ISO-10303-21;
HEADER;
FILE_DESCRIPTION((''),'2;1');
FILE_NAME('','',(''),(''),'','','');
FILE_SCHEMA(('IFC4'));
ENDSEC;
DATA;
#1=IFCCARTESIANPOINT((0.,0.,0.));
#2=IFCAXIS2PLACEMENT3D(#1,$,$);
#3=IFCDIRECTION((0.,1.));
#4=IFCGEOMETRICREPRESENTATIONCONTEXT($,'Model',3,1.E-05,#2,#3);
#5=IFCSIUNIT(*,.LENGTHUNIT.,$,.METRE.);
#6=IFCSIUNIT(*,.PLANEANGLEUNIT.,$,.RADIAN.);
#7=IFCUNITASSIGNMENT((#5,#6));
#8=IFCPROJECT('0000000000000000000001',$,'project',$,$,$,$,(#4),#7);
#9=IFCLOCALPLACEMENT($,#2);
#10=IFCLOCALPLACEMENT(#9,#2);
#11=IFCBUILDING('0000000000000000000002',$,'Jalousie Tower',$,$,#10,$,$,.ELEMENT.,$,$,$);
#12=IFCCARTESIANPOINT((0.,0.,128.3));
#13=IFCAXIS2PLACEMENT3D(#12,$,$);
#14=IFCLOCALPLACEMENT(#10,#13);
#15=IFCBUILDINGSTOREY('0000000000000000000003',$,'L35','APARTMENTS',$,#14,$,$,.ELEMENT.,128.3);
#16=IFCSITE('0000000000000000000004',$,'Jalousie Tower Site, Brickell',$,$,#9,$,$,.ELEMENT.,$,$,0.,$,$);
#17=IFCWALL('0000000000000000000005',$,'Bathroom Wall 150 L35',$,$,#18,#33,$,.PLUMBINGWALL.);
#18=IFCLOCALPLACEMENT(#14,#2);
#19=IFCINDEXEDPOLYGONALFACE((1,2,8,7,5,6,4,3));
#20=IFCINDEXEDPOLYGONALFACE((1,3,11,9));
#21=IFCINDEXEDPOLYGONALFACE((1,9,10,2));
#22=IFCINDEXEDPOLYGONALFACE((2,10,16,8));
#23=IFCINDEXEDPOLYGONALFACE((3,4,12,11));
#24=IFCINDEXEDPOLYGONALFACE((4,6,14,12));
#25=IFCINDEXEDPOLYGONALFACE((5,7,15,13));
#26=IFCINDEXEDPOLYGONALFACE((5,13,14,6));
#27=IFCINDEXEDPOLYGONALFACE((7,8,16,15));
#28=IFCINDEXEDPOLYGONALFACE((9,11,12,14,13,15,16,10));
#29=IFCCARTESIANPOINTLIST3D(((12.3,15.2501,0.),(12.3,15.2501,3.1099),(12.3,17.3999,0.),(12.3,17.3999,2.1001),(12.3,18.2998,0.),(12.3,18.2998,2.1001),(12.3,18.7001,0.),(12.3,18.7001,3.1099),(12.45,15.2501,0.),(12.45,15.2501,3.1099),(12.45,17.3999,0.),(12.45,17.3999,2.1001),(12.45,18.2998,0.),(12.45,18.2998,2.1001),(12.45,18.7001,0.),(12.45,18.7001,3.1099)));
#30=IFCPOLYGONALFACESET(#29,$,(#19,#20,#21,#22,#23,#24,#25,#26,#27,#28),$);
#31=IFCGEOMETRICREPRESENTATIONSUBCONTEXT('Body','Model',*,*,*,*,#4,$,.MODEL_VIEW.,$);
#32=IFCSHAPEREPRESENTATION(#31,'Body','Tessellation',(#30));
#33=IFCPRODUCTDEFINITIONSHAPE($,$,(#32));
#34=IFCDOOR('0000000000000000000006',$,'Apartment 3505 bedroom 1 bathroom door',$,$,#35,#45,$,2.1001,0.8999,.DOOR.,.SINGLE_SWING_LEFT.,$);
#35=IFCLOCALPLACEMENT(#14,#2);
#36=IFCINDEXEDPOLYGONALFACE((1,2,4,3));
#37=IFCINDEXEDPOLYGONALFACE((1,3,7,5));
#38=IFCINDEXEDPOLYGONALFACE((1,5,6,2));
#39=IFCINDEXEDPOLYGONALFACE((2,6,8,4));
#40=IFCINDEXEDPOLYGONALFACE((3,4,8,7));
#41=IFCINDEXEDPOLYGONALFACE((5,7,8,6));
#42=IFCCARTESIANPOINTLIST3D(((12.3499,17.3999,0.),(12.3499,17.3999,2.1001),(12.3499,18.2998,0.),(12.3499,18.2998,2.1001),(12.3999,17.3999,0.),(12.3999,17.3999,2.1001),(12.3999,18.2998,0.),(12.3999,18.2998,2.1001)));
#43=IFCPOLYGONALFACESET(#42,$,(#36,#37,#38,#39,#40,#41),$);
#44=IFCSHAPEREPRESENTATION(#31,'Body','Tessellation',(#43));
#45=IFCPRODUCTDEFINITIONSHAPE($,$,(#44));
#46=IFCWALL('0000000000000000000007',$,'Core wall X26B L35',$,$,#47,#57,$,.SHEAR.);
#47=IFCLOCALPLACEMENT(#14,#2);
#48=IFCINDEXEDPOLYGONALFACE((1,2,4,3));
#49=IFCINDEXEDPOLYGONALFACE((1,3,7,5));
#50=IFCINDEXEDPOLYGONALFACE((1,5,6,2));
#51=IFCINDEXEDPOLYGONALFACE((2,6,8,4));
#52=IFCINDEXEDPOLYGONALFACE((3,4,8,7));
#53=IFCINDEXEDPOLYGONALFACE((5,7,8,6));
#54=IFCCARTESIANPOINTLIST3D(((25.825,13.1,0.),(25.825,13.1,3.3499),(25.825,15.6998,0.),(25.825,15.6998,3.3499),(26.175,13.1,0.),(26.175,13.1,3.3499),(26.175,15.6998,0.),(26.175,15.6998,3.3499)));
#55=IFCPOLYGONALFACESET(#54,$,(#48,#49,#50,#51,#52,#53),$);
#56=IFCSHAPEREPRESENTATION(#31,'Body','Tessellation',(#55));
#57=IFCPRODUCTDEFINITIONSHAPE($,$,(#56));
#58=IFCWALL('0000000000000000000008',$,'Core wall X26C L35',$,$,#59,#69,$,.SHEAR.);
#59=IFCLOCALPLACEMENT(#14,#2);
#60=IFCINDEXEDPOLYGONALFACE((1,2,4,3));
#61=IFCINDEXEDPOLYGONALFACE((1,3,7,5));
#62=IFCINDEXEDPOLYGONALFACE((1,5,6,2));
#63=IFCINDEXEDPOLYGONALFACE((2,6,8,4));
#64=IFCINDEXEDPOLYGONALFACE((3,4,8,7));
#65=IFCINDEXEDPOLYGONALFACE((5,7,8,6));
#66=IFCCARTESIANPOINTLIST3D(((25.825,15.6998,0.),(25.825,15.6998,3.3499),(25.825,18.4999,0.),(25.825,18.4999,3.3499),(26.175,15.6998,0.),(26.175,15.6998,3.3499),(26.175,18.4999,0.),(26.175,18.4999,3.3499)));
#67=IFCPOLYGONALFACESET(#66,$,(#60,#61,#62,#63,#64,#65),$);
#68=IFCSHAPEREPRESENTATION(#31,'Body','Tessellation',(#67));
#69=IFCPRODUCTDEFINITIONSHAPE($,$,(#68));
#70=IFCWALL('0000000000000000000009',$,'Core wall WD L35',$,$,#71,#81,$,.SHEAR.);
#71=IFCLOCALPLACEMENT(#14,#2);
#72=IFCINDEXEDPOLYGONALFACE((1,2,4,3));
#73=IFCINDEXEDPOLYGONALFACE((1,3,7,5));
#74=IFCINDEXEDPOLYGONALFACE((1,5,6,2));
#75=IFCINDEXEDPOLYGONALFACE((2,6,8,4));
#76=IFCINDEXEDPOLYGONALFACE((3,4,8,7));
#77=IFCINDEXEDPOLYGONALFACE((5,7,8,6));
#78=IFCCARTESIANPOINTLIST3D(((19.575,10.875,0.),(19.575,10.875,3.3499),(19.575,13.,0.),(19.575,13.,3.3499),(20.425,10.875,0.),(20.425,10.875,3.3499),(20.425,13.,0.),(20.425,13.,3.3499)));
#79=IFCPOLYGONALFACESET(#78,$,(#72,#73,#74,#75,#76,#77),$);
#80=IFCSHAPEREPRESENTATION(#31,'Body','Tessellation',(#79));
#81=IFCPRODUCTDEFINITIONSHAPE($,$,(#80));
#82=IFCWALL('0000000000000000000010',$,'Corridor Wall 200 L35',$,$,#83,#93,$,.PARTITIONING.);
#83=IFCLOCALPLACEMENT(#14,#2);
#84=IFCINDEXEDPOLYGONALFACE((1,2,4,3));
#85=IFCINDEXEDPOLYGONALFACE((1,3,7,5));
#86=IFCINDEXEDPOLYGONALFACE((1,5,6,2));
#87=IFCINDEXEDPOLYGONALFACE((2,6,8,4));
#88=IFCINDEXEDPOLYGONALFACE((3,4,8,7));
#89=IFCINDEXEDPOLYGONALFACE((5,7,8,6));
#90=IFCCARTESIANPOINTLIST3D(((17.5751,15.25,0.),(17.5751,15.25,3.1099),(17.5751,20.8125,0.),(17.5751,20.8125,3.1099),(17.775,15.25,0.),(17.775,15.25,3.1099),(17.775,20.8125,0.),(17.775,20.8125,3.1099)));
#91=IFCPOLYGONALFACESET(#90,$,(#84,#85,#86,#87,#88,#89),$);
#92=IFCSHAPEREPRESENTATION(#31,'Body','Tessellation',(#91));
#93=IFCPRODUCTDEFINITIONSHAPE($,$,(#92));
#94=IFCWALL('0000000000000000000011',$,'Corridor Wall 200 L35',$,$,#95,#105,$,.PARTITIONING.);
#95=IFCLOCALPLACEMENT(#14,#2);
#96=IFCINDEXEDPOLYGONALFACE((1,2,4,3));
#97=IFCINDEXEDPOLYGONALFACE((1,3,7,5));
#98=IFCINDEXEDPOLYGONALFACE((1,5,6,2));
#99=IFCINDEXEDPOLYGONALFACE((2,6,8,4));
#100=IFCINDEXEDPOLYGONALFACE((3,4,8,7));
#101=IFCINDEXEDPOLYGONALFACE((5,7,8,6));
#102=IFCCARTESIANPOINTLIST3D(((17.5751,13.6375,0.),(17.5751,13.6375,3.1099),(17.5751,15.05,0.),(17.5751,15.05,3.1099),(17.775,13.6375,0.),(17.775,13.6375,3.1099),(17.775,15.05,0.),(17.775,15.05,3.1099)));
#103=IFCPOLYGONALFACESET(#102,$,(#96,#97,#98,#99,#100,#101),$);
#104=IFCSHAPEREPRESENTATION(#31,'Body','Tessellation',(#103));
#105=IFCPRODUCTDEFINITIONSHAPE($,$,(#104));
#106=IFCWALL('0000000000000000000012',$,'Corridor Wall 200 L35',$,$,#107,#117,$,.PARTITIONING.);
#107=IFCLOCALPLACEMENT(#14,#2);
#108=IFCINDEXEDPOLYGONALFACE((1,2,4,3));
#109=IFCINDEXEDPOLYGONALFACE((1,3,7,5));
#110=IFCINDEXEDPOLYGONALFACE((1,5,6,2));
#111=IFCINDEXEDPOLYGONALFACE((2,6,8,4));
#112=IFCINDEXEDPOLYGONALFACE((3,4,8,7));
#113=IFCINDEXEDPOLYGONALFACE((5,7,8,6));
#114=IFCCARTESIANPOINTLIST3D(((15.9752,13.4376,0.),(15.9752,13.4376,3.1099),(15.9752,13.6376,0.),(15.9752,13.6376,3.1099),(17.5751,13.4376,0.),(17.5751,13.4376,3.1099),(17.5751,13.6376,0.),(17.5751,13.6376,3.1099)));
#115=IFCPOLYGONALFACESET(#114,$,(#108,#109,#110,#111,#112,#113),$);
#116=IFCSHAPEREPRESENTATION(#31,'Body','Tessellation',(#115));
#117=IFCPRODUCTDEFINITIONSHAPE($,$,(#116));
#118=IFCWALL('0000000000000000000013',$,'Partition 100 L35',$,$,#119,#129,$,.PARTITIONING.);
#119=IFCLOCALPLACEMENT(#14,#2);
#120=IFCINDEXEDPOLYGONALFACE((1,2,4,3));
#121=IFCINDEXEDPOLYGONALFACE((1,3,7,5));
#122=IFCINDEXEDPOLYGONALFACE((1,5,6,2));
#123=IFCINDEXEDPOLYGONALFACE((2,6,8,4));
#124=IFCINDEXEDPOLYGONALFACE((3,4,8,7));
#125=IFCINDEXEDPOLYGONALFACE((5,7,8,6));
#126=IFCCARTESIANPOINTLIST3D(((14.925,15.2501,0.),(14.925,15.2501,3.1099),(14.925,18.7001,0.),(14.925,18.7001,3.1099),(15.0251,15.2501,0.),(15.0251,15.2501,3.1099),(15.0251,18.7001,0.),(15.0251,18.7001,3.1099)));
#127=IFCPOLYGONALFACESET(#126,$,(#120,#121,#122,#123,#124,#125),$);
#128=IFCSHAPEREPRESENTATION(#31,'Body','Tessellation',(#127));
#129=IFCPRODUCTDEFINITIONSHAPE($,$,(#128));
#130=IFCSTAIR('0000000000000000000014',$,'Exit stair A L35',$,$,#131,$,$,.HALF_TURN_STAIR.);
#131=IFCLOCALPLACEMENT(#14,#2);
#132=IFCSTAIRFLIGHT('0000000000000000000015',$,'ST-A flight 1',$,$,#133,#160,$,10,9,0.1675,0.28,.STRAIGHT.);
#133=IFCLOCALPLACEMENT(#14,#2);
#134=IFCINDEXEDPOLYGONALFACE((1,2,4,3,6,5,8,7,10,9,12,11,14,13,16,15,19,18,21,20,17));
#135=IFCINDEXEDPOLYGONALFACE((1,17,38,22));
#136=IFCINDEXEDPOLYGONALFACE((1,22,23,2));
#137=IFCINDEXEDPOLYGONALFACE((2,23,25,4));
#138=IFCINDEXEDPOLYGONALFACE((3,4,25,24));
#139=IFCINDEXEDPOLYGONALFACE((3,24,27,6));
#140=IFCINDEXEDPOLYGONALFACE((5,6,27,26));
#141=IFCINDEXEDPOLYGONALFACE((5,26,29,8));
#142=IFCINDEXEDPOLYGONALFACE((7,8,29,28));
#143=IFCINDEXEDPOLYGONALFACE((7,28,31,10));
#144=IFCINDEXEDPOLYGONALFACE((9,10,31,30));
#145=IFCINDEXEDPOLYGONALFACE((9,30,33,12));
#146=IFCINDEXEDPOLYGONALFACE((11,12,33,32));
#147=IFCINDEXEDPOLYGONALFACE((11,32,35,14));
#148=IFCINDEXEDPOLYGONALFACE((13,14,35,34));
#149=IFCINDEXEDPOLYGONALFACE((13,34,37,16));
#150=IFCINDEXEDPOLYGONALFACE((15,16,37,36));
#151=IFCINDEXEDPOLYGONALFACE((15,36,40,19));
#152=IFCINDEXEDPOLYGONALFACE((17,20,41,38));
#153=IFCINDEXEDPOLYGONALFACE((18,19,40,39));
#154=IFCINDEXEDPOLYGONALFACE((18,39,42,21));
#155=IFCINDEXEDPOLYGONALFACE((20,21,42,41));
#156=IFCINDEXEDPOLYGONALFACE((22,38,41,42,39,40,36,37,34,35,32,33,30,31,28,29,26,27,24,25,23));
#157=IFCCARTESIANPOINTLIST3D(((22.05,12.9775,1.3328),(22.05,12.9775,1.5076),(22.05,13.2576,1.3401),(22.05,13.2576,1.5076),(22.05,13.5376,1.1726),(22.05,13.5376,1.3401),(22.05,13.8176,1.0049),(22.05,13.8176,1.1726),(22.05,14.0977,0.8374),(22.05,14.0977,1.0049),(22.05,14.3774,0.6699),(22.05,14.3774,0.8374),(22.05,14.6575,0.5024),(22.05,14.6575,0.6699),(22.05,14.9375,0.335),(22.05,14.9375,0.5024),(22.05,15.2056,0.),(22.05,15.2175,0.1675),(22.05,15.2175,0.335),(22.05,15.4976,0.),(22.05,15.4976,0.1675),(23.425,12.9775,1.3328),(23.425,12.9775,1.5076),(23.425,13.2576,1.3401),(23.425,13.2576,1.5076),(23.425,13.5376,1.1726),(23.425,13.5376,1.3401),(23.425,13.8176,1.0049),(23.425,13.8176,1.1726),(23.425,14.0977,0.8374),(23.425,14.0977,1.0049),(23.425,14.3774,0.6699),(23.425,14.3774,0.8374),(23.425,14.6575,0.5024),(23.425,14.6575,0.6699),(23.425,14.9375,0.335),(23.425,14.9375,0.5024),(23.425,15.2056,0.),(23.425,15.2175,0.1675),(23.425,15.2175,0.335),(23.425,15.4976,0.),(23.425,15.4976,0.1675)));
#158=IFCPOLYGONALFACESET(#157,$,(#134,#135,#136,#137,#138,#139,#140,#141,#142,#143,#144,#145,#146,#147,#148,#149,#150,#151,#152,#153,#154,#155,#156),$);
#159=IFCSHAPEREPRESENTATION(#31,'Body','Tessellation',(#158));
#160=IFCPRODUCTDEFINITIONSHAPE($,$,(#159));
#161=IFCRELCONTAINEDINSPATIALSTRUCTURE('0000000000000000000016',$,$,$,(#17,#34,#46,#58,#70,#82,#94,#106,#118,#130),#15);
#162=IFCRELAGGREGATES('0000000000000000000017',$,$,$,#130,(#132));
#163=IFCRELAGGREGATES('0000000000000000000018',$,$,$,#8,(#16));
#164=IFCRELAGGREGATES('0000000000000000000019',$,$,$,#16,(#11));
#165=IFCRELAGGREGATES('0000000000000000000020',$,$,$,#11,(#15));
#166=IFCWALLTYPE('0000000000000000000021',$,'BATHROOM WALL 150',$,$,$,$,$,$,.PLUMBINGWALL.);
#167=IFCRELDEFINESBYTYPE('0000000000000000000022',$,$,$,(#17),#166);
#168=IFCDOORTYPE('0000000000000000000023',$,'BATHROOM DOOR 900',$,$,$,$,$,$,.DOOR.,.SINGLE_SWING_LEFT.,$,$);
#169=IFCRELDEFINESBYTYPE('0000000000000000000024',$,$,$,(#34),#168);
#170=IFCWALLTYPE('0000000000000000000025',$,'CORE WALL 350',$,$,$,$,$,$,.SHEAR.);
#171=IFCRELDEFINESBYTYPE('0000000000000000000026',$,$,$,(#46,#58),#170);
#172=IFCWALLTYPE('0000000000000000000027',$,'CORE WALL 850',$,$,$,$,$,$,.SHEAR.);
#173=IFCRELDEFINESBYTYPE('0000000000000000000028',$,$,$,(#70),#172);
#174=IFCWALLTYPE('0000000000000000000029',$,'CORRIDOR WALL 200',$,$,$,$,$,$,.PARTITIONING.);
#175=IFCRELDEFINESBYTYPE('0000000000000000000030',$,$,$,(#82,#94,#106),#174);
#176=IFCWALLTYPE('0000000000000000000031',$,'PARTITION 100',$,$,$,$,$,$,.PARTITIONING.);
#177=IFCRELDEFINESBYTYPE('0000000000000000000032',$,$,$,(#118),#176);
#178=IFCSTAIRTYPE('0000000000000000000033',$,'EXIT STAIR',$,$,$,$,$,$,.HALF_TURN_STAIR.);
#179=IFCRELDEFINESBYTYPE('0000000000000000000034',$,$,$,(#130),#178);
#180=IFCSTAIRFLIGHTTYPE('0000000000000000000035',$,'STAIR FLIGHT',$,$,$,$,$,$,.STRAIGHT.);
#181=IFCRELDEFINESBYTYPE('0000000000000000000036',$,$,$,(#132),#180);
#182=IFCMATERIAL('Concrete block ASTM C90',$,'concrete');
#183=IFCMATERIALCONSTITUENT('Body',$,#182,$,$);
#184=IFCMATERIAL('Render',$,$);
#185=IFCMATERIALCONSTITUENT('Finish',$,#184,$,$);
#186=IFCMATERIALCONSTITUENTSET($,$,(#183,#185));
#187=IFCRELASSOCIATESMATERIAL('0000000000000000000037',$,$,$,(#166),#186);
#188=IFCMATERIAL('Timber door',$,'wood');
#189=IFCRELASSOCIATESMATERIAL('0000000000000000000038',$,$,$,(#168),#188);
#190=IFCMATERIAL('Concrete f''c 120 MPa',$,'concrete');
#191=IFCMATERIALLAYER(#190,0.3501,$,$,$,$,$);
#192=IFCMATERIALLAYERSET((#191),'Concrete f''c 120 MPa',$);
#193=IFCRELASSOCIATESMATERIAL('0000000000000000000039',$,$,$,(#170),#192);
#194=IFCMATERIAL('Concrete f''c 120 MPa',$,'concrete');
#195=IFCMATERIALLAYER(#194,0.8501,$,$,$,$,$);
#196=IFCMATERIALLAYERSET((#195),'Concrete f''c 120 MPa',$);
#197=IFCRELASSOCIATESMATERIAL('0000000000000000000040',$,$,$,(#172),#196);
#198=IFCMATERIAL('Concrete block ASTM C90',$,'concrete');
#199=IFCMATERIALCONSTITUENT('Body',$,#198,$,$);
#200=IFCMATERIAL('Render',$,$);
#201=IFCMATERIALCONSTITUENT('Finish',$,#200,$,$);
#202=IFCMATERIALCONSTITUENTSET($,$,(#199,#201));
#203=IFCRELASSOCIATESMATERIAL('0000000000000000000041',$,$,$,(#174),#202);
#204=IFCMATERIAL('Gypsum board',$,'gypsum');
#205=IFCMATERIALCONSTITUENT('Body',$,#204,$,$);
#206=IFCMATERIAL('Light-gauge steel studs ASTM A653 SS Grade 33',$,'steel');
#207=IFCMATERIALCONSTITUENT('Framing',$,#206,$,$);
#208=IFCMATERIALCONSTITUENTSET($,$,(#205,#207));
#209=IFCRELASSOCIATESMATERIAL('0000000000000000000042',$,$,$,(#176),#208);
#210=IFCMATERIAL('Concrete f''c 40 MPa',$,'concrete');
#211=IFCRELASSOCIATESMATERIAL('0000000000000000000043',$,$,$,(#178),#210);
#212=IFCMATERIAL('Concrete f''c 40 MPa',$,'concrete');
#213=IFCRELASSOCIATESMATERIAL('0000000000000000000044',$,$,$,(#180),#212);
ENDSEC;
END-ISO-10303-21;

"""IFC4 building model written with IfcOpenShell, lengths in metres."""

from ifc_helpers import new_model, si_unit, direction, frame, frame_2d, origin, place, context, subcontext, project, spatial, polyline, rectangle, outline, extrude, material, layer, layer_set, constituent, constituent_set, type_object, element, fill, aggregate, save


model = new_model("IFC4")

# Units and contexts
model_context = context("Model", 3, precision=1e-05, world=origin(), true_north=direction((0.0, 1.0)))
body_context = subcontext(model_context, "Body", "Model", "MODEL_VIEW")
ifc_project = project(units=[si_unit("LENGTHUNIT", "METRE"), si_unit("PLANEANGLEUNIT", "RADIAN")], contexts=[model_context])

# Site, building, storey
site_placement = place(None, origin())
site = spatial("IfcSite", under=ifc_project, at=site_placement, Name="Jalousie Tower Site, Brickell", CompositionType="ELEMENT", RefElevation=0.0)
building_placement = place(site_placement, origin())
building = spatial("IfcBuilding", under=site, at=building_placement, Name="Jalousie Tower", CompositionType="ELEMENT")
storey_placement = place(building_placement, frame((0.0, 0.0, 128.3)))
storey = spatial("IfcBuildingStorey", under=building, at=storey_placement, Name="L35", Description="APARTMENTS", CompositionType="ELEMENT", Elevation=128.3)

# Wall, opening, door
ifc_material_1 = material(Name="Concrete block ASTM C90", Category="concrete")
ifc_constituent_1 = constituent(ifc_material_1, Name="Body")
ifc_material_2 = material(Name="Render")
ifc_constituent_2 = constituent(ifc_material_2, Name="Finish")
ifc_constituent_set_1 = constituent_set(constituents=[ifc_constituent_1, ifc_constituent_2])
wall_type_1 = type_object("IfcWallType", Name="BATHROOM WALL 150", PredefinedType="PLUMBINGWALL", material=ifc_constituent_set_1)
wall_1_placement = place(storey_placement, frame((12.375, 15.25, 0.0), z_axis=(0.0, 0.0, 1.0), x_axis=(0.0, 1.0, 0.0)))
wall_1 = element("IfcWall", 1, at=wall_1_placement, inside=storey, type_object=wall_type_1, Name="Bathroom Wall 150 L35", PredefinedType="PLUMBINGWALL", context=body_context, shape_type="SweptSolid", body=[
    extrude(rectangle(XDim=3.45, YDim=0.1499, at=frame_2d((1.7251, 0.0))), origin(), (0.0, 0.0, 1.0), 3.1099),
])
opening_placement = place(wall_1_placement, frame((2.1499, 0.0, 0.0)))
opening = element("IfcOpeningElement", 2, at=opening_placement, cuts=wall_1, PredefinedType="OPENING", context=body_context, shape_type="SweptSolid", body=[
    extrude(rectangle(XDim=0.8999, YDim=2.1001, at=frame_2d((0.45, 1.05))), frame((0.0, 0.085, 0.0), z_axis=(0.0, -1.0, 0.0), x_axis=(1.0, 0.0, 0.0)), (0.0, 0.0, 1.0), 0.1699),
])
ifc_material_3 = material(Name="Timber door", Category="wood")
door_type = type_object("IfcDoorType", Name="BATHROOM DOOR 900", OperationType="SINGLE_SWING_LEFT", PredefinedType="DOOR", material=ifc_material_3)
door_placement = place(opening_placement, frame((0.8999, 0.0, 0.0), z_axis=(0.0, 0.0, 1.0), x_axis=(-1.0, 0.0, 0.0)))
door = element("IfcDoor", 3, at=door_placement, inside=storey, type_object=door_type, Name="Apartment 3505 bedroom 1 bathroom door", OperationType="SINGLE_SWING_LEFT", OverallHeight=2.1001, OverallWidth=0.8999, PredefinedType="DOOR", context=body_context, shape_type="SweptSolid", body=[
    extrude(rectangle(XDim=0.8999, YDim=2.1001, at=frame_2d((0.45, 1.05))), frame((0.0, 0.0249, 0.0), z_axis=(0.0, -1.0, 0.0), x_axis=(1.0, 0.0, 0.0)), (0.0, 0.0, 1.0), 0.05),
])
fill(opening, door)

# Walls
ifc_material_4 = material(Name="Concrete f'c 120 MPa", Category="concrete")
ifc_layer_1 = layer(ifc_material_4, 0.3501)
ifc_layer_set_1 = layer_set([ifc_layer_1], Name="Concrete f'c 120 MPa")
wall_type_2 = type_object("IfcWallType", Name="CORE WALL 350", PredefinedType="SHEAR", material=ifc_layer_set_1)
wall_2_placement = place(storey_placement, frame((26.0, 13.1001, 0.0), z_axis=(0.0, 0.0, 1.0), x_axis=(0.0, 1.0, 0.0)))
element("IfcWall", 4, at=wall_2_placement, inside=storey, type_object=wall_type_2, Name="Core wall X26B L35", PredefinedType="SHEAR", context=body_context, shape_type="SweptSolid", body=[
    extrude(rectangle(XDim=2.5999, YDim=0.3501, at=frame_2d((1.2998, 0.0))), origin(), (0.0, 0.0, 1.0), 3.3499),
])
wall_3_placement = place(storey_placement, frame((26.0, 15.7, 0.0), z_axis=(0.0, 0.0, 1.0), x_axis=(0.0, 1.0, 0.0)))
element("IfcWall", 5, at=wall_3_placement, inside=storey, type_object=wall_type_2, Name="Core wall X26C L35", PredefinedType="SHEAR", context=body_context, shape_type="SweptSolid", body=[
    extrude(rectangle(XDim=2.8, YDim=0.3501, at=frame_2d((1.3999, 0.0))), origin(), (0.0, 0.0, 1.0), 3.3499),
])
ifc_material_5 = material(Name="Concrete f'c 120 MPa", Category="concrete")
ifc_layer_2 = layer(ifc_material_5, 0.8501)
ifc_layer_set_2 = layer_set([ifc_layer_2], Name="Concrete f'c 120 MPa")
wall_type_3 = type_object("IfcWallType", Name="CORE WALL 850", PredefinedType="SHEAR", material=ifc_layer_set_2)
wall_4_placement = place(storey_placement, frame((20.0, 13.0, 0.0), z_axis=(0.0, 0.0, 1.0), x_axis=(0.0, -1.0, 0.0)))
element("IfcWall", 6, at=wall_4_placement, inside=storey, type_object=wall_type_3, Name="Core wall WD L35", PredefinedType="SHEAR", context=body_context, shape_type="SweptSolid", body=[
    extrude(rectangle(XDim=2.125, YDim=0.8501, at=frame_2d((1.0625, 0.0))), origin(), (0.0, 0.0, 1.0), 3.3499),
])
ifc_material_6 = material(Name="Concrete block ASTM C90", Category="concrete")
ifc_constituent_3 = constituent(ifc_material_6, Name="Body")
ifc_material_7 = material(Name="Render")
ifc_constituent_4 = constituent(ifc_material_7, Name="Finish")
ifc_constituent_set_2 = constituent_set(constituents=[ifc_constituent_3, ifc_constituent_4])
wall_type_4 = type_object("IfcWallType", Name="CORRIDOR WALL 200", PredefinedType="PARTITIONING", material=ifc_constituent_set_2)
wall_5_placement = place(storey_placement, frame((17.675, 15.25, 0.0), z_axis=(0.0, 0.0, 1.0), x_axis=(0.0, 1.0, 0.0)))
element("IfcWall", 7, at=wall_5_placement, inside=storey, type_object=wall_type_4, Name="Corridor Wall 200 L35", PredefinedType="PARTITIONING", context=body_context, shape_type="SweptSolid", body=[
    extrude(rectangle(XDim=5.5625, YDim=0.2, at=frame_2d((2.7812, 0.0))), origin(), (0.0, 0.0, 1.0), 3.1099),
])
wall_6_placement = place(storey_placement, frame((17.675, 13.6375, 0.0), z_axis=(0.0, 0.0, 1.0), x_axis=(0.0, 1.0, 0.0)))
element("IfcWall", 8, at=wall_6_placement, inside=storey, type_object=wall_type_4, Name="Corridor Wall 200 L35", PredefinedType="PARTITIONING", context=body_context, shape_type="SweptSolid", body=[
    extrude(rectangle(XDim=1.4126, YDim=0.2, at=frame_2d((0.7063, 0.0))), origin(), (0.0, 0.0, 1.0), 3.1099),
])
wall_7_placement = place(storey_placement, frame((17.575, 13.5376, 0.0), z_axis=(0.0, 0.0, 1.0), x_axis=(-1.0, 0.0, 0.0)))
element("IfcWall", 9, at=wall_7_placement, inside=storey, type_object=wall_type_4, Name="Corridor Wall 200 L35", PredefinedType="PARTITIONING", context=body_context, shape_type="SweptSolid", body=[
    extrude(rectangle(XDim=1.5999, YDim=0.2, at=frame_2d((0.7998, 0.0))), origin(), (0.0, 0.0, 1.0), 3.1099),
])
ifc_material_8 = material(Name="Gypsum board", Category="gypsum")
ifc_constituent_5 = constituent(ifc_material_8, Name="Body")
ifc_material_9 = material(Name="Light-gauge steel studs ASTM A653 SS Grade 33", Category="steel")
ifc_constituent_6 = constituent(ifc_material_9, Name="Framing")
ifc_constituent_set_3 = constituent_set(constituents=[ifc_constituent_5, ifc_constituent_6])
wall_type_5 = type_object("IfcWallType", Name="PARTITION 100", PredefinedType="PARTITIONING", material=ifc_constituent_set_3)
wall_8_placement = place(storey_placement, frame((14.9751, 15.25, 0.0), z_axis=(0.0, 0.0, 1.0), x_axis=(0.0, 1.0, 0.0)))
element("IfcWall", 10, at=wall_8_placement, inside=storey, type_object=wall_type_5, Name="Partition 100 L35", PredefinedType="PARTITIONING", context=body_context, shape_type="SweptSolid", body=[
    extrude(rectangle(XDim=3.45, YDim=0.1001, at=frame_2d((1.7251, 0.0))), origin(), (0.0, 0.0, 1.0), 3.1099),
])

# Stair, stair flight
ifc_material_10 = material(Name="Concrete f'c 40 MPa", Category="concrete")
stair_type = type_object("IfcStairType", Name="EXIT STAIR", PredefinedType="HALF_TURN_STAIR", material=ifc_material_10)
stair_placement = place(storey_placement, origin())
stair = element("IfcStair", 11, at=stair_placement, inside=storey, type_object=stair_type, Name="Exit stair A L35", PredefinedType="HALF_TURN_STAIR")
ifc_material_11 = material(Name="Concrete f'c 40 MPa", Category="concrete")
stair_flight_type = type_object("IfcStairFlightType", Name="STAIR FLIGHT", PredefinedType="STRAIGHT", material=ifc_material_11)
stair_flight_1_placement = place(storey_placement, frame((22.7375, 15.4976, 0.0), z_axis=(0.0, 0.0, 1.0), x_axis=(0.0, -1.0, 0.0)))
stair_flight_1 = element("IfcStairFlight", 12, at=stair_flight_1_placement, type_object=stair_flight_type, Name="ST-A flight 1", NumberOfRisers=10, NumberOfTreads=9, PredefinedType="STRAIGHT", RiserHeight=0.1675, TreadLength=0.28, context=body_context, shape_type="SweptSolid", body=[
    extrude(outline(polyline([(0.0, 0.0), (0.0, 0.1675), (0.28, 0.1675), (0.28, 0.335), (0.5601, 0.335), (0.5601, 0.5024), (0.8401, 0.5024), (0.8401, 0.6699), (1.1201, 0.6699), (1.1201, 0.8374), (1.3999, 0.8374), (1.3999, 1.0049), (1.6799, 1.0049), (1.6799, 1.1726), (1.96, 1.1726), (1.96, 1.3401), (2.24, 1.3401), (2.24, 1.5076), (2.52, 1.5076), (2.52, 1.675), (2.52, 1.3328), (0.292, 0.0), (0.0, 0.0)])), frame((0.0, 0.6875, 0.0), z_axis=(0.0, -1.0, 0.0), x_axis=(1.0, 0.0, 0.0)), (0.0, 0.0, 1.0), 1.375),
])
aggregate(stair, [stair_flight_1])

save(model, "model.ifc")
